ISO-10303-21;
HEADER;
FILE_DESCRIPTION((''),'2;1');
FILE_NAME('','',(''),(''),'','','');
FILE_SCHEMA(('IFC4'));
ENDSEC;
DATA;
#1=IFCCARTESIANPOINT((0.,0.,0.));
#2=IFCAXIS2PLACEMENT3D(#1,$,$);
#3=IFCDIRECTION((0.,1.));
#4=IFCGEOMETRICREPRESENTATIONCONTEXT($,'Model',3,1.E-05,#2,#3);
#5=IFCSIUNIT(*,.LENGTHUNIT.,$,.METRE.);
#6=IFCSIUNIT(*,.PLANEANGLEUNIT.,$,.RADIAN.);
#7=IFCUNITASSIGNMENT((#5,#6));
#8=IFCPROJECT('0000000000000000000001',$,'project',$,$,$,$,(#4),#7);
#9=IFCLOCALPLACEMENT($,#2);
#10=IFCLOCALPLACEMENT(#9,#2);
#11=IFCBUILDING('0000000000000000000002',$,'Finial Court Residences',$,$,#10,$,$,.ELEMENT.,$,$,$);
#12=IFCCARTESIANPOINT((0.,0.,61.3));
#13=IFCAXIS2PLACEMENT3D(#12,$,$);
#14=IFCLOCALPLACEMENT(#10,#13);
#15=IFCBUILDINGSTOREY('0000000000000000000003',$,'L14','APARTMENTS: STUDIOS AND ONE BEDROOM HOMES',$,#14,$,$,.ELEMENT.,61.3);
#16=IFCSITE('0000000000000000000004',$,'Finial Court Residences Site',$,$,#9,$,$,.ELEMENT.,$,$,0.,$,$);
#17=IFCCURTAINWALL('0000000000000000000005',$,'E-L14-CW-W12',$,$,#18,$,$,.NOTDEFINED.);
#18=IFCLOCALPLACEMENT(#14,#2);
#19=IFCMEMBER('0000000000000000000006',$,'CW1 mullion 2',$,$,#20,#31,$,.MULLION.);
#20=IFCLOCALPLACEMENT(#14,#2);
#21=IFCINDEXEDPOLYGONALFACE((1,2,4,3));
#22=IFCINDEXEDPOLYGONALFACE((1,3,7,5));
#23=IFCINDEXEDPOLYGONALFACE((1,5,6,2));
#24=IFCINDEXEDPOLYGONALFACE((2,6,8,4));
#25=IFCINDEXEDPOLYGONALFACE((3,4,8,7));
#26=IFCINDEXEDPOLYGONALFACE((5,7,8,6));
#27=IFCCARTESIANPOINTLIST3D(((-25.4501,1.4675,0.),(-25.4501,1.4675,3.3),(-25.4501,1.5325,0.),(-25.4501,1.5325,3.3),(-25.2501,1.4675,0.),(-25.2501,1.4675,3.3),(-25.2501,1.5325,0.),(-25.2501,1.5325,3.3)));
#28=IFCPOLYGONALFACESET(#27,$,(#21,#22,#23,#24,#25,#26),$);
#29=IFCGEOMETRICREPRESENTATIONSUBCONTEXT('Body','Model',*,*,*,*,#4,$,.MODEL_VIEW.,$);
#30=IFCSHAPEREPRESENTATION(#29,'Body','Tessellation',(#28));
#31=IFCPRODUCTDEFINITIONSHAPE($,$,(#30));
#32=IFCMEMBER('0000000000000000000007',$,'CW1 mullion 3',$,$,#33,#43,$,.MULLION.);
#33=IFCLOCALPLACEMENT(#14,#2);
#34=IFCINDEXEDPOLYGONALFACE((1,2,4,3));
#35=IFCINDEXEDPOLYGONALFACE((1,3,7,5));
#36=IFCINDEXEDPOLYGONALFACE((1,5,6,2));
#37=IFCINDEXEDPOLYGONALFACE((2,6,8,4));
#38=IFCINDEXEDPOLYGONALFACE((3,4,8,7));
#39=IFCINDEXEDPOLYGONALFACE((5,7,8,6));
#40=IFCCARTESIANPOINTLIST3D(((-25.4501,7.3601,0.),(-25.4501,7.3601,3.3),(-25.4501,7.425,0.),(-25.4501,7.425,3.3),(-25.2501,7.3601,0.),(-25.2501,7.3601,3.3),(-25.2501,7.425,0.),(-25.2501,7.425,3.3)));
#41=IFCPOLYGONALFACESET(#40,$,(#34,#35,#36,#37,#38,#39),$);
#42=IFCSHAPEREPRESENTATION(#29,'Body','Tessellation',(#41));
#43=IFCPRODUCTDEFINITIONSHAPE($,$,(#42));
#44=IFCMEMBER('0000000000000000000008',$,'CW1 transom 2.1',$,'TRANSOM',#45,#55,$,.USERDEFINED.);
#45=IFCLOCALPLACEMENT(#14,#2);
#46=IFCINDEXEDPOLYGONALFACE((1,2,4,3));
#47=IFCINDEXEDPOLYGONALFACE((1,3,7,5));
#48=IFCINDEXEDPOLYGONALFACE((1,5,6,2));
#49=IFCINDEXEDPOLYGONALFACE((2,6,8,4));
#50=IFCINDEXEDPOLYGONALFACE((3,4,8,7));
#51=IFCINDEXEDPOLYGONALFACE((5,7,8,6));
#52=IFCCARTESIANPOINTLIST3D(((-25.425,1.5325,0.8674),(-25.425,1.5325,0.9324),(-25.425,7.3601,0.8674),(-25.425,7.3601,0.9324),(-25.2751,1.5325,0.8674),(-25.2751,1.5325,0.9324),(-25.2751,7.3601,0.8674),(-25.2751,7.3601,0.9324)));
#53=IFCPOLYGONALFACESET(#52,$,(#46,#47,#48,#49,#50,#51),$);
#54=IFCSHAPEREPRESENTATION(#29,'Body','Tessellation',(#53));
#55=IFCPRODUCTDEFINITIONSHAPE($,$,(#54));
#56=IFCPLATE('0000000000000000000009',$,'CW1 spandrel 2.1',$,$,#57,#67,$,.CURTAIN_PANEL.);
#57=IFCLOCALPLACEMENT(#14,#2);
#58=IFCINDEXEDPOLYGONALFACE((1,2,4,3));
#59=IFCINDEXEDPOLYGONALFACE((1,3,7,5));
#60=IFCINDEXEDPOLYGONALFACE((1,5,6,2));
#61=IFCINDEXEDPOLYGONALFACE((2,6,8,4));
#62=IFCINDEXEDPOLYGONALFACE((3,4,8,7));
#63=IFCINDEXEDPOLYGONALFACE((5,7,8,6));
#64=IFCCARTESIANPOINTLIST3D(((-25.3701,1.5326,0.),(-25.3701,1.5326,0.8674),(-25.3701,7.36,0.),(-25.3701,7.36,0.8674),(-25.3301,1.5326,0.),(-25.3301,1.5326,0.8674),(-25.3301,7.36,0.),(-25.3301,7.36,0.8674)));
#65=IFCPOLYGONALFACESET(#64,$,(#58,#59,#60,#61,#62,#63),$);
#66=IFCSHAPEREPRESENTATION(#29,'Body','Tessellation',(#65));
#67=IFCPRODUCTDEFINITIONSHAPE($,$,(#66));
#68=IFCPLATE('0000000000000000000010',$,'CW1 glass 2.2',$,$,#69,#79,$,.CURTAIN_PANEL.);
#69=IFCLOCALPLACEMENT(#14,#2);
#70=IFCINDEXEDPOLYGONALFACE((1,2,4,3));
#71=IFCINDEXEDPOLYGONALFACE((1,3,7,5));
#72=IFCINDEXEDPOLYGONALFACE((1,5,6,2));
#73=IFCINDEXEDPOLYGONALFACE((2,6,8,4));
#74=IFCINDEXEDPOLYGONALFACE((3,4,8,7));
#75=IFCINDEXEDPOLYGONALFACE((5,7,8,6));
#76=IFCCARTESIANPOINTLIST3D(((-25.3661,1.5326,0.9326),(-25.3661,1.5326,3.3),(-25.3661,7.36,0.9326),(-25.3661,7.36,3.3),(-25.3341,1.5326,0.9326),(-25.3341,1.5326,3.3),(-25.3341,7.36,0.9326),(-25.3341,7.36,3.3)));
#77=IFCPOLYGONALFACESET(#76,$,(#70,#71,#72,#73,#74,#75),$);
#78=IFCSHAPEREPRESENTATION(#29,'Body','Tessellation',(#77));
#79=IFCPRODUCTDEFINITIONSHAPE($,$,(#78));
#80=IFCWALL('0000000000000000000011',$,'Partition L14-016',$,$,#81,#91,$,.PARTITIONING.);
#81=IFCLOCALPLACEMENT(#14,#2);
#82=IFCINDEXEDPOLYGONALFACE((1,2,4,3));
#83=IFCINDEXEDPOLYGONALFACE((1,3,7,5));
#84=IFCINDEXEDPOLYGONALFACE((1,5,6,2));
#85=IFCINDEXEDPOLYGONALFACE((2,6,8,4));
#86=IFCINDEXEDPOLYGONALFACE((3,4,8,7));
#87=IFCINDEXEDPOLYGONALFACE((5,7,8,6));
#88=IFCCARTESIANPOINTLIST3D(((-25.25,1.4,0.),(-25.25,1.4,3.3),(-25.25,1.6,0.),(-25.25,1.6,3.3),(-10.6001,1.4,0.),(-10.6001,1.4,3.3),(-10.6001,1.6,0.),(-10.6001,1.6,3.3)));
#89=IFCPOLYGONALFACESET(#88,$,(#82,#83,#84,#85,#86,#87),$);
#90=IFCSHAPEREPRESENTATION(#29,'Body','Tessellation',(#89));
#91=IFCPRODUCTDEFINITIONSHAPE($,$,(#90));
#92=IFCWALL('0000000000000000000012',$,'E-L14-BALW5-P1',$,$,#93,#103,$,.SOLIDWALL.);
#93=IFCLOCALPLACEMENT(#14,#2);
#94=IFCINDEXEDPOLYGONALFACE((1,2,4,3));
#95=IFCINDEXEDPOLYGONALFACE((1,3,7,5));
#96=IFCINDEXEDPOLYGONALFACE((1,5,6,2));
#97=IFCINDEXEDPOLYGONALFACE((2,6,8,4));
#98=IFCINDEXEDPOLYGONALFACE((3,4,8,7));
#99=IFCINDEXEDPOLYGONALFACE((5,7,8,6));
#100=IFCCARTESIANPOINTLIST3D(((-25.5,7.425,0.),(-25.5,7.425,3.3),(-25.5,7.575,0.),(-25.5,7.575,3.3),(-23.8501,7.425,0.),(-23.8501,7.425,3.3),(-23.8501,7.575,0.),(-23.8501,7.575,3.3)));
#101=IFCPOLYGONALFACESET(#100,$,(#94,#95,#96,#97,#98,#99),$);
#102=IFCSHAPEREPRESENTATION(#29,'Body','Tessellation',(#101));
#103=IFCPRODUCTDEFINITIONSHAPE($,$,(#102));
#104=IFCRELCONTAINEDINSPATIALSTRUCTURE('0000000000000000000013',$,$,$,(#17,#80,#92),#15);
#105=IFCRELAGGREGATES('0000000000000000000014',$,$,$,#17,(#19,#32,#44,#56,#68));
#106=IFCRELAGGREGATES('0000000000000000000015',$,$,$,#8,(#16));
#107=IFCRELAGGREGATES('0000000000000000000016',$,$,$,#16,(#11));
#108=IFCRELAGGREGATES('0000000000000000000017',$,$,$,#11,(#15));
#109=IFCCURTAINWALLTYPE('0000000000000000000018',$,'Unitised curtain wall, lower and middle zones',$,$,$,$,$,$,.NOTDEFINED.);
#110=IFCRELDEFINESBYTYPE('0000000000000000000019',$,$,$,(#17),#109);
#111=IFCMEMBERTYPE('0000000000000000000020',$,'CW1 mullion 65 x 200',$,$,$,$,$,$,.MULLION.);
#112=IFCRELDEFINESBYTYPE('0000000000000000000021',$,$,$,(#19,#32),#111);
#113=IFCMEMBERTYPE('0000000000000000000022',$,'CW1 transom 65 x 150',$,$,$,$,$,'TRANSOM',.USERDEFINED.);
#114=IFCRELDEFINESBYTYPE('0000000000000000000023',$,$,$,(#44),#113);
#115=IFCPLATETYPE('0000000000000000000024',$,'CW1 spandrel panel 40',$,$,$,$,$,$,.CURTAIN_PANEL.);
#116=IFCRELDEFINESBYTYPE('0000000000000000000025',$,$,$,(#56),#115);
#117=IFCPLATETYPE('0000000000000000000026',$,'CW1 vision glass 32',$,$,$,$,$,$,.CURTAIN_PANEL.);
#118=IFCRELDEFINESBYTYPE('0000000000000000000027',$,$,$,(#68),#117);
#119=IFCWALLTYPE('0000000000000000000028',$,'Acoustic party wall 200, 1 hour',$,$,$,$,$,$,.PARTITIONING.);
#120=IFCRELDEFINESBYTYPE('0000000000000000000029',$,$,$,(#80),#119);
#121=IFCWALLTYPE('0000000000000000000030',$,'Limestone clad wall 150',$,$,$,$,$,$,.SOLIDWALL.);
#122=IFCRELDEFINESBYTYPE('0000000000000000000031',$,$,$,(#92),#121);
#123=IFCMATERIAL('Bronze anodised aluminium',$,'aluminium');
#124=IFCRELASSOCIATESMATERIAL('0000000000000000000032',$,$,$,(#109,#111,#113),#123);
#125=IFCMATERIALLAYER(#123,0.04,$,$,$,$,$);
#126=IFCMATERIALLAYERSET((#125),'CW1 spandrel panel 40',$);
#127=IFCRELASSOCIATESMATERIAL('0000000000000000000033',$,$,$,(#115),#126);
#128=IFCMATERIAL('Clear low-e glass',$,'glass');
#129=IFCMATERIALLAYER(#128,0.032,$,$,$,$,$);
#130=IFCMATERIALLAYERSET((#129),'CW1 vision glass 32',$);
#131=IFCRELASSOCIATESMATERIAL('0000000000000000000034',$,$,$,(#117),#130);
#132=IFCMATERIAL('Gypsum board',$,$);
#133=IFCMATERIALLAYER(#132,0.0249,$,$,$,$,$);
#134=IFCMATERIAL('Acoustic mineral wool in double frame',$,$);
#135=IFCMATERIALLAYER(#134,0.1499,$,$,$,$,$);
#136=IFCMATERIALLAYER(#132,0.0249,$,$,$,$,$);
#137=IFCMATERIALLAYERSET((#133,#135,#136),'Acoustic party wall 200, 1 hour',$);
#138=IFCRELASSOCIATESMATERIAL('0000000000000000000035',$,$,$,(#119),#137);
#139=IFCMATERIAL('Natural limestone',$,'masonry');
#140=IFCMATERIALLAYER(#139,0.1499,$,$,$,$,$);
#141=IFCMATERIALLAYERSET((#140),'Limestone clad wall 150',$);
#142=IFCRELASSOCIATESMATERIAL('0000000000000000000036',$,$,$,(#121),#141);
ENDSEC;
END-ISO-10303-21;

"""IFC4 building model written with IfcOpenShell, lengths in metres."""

from ifc_helpers import new_model, si_unit, direction, frame, frame_2d, origin, origin_2d, place, context, subcontext, project, spatial, rectangle, extrude, material, layer, layer_set, material_profile, profile_set, type_object, element, aggregate, save


model = new_model("IFC4")

# Units and contexts
model_context = context("Model", 3, precision=1e-05, world=origin(), true_north=direction((0.0, 1.0)))
body_context = subcontext(model_context, "Body", "Model", "MODEL_VIEW")
ifc_project = project(units=[si_unit("LENGTHUNIT", "METRE"), si_unit("PLANEANGLEUNIT", "RADIAN")], contexts=[model_context])

# Site, building, storey
site_placement = place(None, origin())
site = spatial("IfcSite", under=ifc_project, at=site_placement, Name="Finial Court Residences Site", CompositionType="ELEMENT", RefElevation=0.0)
building_placement = place(site_placement, origin())
building = spatial("IfcBuilding", under=site, at=building_placement, Name="Finial Court Residences", CompositionType="ELEMENT")
storey_placement = place(building_placement, frame((0.0, 0.0, 61.3)))
storey = spatial("IfcBuildingStorey", under=building, at=storey_placement, Name="L14", Description="APARTMENTS: STUDIOS AND ONE BEDROOM HOMES", CompositionType="ELEMENT", Elevation=61.3)

# Curtain wall, members, plates
ifc_material_1 = material(Name="Bronze anodised aluminium", Category="aluminium")
curtain_wall_type = type_object("IfcCurtainWallType", Name="Unitised curtain wall, lower and middle zones", PredefinedType="NOTDEFINED", material=ifc_material_1)
curtain_wall_placement = place(storey_placement, origin())
curtain_wall = element("IfcCurtainWall", 1, at=curtain_wall_placement, inside=storey, type_object=curtain_wall_type, Name="E-L14-CW-W12", PredefinedType="NOTDEFINED")
ifc_material_profile_1 = material_profile(ifc_material_1, rectangle(XDim=0.2, YDim=0.0649, at=origin_2d()), Name="CW1 mullion 65 x 200")
ifc_profile_set_1 = profile_set([ifc_material_profile_1], Name="Bronze anodised aluminium")
member_type_1 = type_object("IfcMemberType", Name="CW1 mullion 65 x 200", PredefinedType="MULLION", material=ifc_profile_set_1)
member_1_placement = place(storey_placement, frame((-25.3501, 1.5, 0.0), z_axis=(0.0, 0.0, 1.0), x_axis=(-1.0, 0.0, 0.0)))
member_1 = element("IfcMember", 2, at=member_1_placement, type_object=member_type_1, Name="CW1 mullion 2", PredefinedType="MULLION", context=body_context, shape_type="SweptSolid", body=[
    extrude(rectangle(XDim=0.2, YDim=0.0649, at=origin_2d()), origin(), (0.0, 0.0, 1.0), 3.3),
])
member_2_placement = place(storey_placement, frame((-25.3501, 7.3926, 0.0), z_axis=(0.0, 0.0, 1.0), x_axis=(-1.0, 0.0, 0.0)))
member_2 = element("IfcMember", 3, at=member_2_placement, type_object=member_type_1, Name="CW1 mullion 3", PredefinedType="MULLION", context=body_context, shape_type="SweptSolid", body=[
    extrude(rectangle(XDim=0.2, YDim=0.0649, at=origin_2d()), origin(), (0.0, 0.0, 1.0), 3.3),
])
ifc_material_profile_2 = material_profile(ifc_material_1, rectangle(XDim=0.1499, YDim=0.0649, at=origin_2d()), Name="CW1 transom 65 x 150")
ifc_profile_set_2 = profile_set([ifc_material_profile_2], Name="Bronze anodised aluminium")
member_type_2 = type_object("IfcMemberType", Name="CW1 transom 65 x 150", ElementType="TRANSOM", PredefinedType="USERDEFINED", material=ifc_profile_set_2)
member_3_placement = place(storey_placement, frame((-25.3501, 1.5325, 0.8999), z_axis=(0.0, 1.0, 0.0), x_axis=(-1.0, 0.0, 0.0)))
member_3 = element("IfcMember", 4, at=member_3_placement, type_object=member_type_2, Name="CW1 transom 2.1", ObjectType="TRANSOM", PredefinedType="USERDEFINED", context=body_context, shape_type="SweptSolid", body=[
    extrude(rectangle(XDim=0.1499, YDim=0.0649, at=origin_2d()), origin(), (0.0, 0.0, 1.0), 5.8276),
])
ifc_layer_1 = layer(ifc_material_1, 0.04)
ifc_layer_set_1 = layer_set([ifc_layer_1], Name="CW1 spandrel panel 40")
plate_type_1 = type_object("IfcPlateType", Name="CW1 spandrel panel 40", PredefinedType="CURTAIN_PANEL", material=ifc_layer_set_1)
plate_1_placement = place(storey_placement, frame((-25.3501, 4.4463, 0.0), z_axis=(0.0, 0.0, 1.0), x_axis=(0.0, 1.0, 0.0)))
plate_1 = element("IfcPlate", 5, at=plate_1_placement, type_object=plate_type_1, Name="CW1 spandrel 2.1", PredefinedType="CURTAIN_PANEL", context=body_context, shape_type="SweptSolid", body=[
    extrude(rectangle(XDim=5.8274, YDim=0.04, at=origin_2d()), origin(), (0.0, 0.0, 1.0), 0.8674),
])
ifc_material_2 = material(Name="Clear low-e glass", Category="glass")
ifc_layer_2 = layer(ifc_material_2, 0.032)
ifc_layer_set_2 = layer_set([ifc_layer_2], Name="CW1 vision glass 32")
plate_type_2 = type_object("IfcPlateType", Name="CW1 vision glass 32", PredefinedType="CURTAIN_PANEL", material=ifc_layer_set_2)
plate_2_placement = place(storey_placement, frame((-25.3501, 4.4463, 0.9326), z_axis=(0.0, 0.0, 1.0), x_axis=(0.0, 1.0, 0.0)))
plate_2 = element("IfcPlate", 6, at=plate_2_placement, type_object=plate_type_2, Name="CW1 glass 2.2", PredefinedType="CURTAIN_PANEL", context=body_context, shape_type="SweptSolid", body=[
    extrude(rectangle(XDim=5.8274, YDim=0.032, at=origin_2d()), origin(), (0.0, 0.0, 1.0), 2.3674),
])
aggregate(curtain_wall, [member_1, member_2, member_3, plate_1, plate_2])

# Walls
ifc_material_3 = material(Name="Gypsum board")
ifc_layer_3 = layer(ifc_material_3, 0.0249)
ifc_material_4 = material(Name="Acoustic mineral wool in double frame")
ifc_layer_4 = layer(ifc_material_4, 0.1499)
ifc_layer_5 = layer(ifc_material_3, 0.0249)
ifc_layer_set_3 = layer_set([ifc_layer_3, ifc_layer_4, ifc_layer_5], Name="Acoustic party wall 200, 1 hour")
wall_type_1 = type_object("IfcWallType", Name="Acoustic party wall 200, 1 hour", PredefinedType="PARTITIONING", material=ifc_layer_set_3)
wall_1_placement = place(storey_placement, frame((-25.25, 1.5, 0.0), z_axis=(0.0, 0.0, 1.0), x_axis=(1.0, 0.0, 0.0)))
element("IfcWall", 7, at=wall_1_placement, inside=storey, type_object=wall_type_1, Name="Partition L14-016", PredefinedType="PARTITIONING", context=body_context, shape_type="SweptSolid", body=[
    extrude(rectangle(XDim=14.6499, YDim=0.2, at=frame_2d((7.325, 0.0))), origin(), (0.0, 0.0, 1.0), 3.3),
])
ifc_material_5 = material(Name="Natural limestone", Category="masonry")
ifc_layer_6 = layer(ifc_material_5, 0.1499)
ifc_layer_set_4 = layer_set([ifc_layer_6], Name="Limestone clad wall 150")
wall_type_2 = type_object("IfcWallType", Name="Limestone clad wall 150", PredefinedType="SOLIDWALL", material=ifc_layer_set_4)
wall_2_placement = place(storey_placement, frame((-23.8501, 7.5, 0.0), z_axis=(0.0, 0.0, 1.0), x_axis=(-1.0, 0.0, 0.0)))
element("IfcWall", 8, at=wall_2_placement, inside=storey, type_object=wall_type_2, Name="E-L14-BALW5-P1", PredefinedType="SOLIDWALL", context=body_context, shape_type="SweptSolid", body=[
    extrude(rectangle(XDim=1.6499, YDim=0.1499, at=frame_2d((0.825, 0.0))), origin(), (0.0, 0.0, 1.0), 3.3),
])

save(model, "model.ifc")
